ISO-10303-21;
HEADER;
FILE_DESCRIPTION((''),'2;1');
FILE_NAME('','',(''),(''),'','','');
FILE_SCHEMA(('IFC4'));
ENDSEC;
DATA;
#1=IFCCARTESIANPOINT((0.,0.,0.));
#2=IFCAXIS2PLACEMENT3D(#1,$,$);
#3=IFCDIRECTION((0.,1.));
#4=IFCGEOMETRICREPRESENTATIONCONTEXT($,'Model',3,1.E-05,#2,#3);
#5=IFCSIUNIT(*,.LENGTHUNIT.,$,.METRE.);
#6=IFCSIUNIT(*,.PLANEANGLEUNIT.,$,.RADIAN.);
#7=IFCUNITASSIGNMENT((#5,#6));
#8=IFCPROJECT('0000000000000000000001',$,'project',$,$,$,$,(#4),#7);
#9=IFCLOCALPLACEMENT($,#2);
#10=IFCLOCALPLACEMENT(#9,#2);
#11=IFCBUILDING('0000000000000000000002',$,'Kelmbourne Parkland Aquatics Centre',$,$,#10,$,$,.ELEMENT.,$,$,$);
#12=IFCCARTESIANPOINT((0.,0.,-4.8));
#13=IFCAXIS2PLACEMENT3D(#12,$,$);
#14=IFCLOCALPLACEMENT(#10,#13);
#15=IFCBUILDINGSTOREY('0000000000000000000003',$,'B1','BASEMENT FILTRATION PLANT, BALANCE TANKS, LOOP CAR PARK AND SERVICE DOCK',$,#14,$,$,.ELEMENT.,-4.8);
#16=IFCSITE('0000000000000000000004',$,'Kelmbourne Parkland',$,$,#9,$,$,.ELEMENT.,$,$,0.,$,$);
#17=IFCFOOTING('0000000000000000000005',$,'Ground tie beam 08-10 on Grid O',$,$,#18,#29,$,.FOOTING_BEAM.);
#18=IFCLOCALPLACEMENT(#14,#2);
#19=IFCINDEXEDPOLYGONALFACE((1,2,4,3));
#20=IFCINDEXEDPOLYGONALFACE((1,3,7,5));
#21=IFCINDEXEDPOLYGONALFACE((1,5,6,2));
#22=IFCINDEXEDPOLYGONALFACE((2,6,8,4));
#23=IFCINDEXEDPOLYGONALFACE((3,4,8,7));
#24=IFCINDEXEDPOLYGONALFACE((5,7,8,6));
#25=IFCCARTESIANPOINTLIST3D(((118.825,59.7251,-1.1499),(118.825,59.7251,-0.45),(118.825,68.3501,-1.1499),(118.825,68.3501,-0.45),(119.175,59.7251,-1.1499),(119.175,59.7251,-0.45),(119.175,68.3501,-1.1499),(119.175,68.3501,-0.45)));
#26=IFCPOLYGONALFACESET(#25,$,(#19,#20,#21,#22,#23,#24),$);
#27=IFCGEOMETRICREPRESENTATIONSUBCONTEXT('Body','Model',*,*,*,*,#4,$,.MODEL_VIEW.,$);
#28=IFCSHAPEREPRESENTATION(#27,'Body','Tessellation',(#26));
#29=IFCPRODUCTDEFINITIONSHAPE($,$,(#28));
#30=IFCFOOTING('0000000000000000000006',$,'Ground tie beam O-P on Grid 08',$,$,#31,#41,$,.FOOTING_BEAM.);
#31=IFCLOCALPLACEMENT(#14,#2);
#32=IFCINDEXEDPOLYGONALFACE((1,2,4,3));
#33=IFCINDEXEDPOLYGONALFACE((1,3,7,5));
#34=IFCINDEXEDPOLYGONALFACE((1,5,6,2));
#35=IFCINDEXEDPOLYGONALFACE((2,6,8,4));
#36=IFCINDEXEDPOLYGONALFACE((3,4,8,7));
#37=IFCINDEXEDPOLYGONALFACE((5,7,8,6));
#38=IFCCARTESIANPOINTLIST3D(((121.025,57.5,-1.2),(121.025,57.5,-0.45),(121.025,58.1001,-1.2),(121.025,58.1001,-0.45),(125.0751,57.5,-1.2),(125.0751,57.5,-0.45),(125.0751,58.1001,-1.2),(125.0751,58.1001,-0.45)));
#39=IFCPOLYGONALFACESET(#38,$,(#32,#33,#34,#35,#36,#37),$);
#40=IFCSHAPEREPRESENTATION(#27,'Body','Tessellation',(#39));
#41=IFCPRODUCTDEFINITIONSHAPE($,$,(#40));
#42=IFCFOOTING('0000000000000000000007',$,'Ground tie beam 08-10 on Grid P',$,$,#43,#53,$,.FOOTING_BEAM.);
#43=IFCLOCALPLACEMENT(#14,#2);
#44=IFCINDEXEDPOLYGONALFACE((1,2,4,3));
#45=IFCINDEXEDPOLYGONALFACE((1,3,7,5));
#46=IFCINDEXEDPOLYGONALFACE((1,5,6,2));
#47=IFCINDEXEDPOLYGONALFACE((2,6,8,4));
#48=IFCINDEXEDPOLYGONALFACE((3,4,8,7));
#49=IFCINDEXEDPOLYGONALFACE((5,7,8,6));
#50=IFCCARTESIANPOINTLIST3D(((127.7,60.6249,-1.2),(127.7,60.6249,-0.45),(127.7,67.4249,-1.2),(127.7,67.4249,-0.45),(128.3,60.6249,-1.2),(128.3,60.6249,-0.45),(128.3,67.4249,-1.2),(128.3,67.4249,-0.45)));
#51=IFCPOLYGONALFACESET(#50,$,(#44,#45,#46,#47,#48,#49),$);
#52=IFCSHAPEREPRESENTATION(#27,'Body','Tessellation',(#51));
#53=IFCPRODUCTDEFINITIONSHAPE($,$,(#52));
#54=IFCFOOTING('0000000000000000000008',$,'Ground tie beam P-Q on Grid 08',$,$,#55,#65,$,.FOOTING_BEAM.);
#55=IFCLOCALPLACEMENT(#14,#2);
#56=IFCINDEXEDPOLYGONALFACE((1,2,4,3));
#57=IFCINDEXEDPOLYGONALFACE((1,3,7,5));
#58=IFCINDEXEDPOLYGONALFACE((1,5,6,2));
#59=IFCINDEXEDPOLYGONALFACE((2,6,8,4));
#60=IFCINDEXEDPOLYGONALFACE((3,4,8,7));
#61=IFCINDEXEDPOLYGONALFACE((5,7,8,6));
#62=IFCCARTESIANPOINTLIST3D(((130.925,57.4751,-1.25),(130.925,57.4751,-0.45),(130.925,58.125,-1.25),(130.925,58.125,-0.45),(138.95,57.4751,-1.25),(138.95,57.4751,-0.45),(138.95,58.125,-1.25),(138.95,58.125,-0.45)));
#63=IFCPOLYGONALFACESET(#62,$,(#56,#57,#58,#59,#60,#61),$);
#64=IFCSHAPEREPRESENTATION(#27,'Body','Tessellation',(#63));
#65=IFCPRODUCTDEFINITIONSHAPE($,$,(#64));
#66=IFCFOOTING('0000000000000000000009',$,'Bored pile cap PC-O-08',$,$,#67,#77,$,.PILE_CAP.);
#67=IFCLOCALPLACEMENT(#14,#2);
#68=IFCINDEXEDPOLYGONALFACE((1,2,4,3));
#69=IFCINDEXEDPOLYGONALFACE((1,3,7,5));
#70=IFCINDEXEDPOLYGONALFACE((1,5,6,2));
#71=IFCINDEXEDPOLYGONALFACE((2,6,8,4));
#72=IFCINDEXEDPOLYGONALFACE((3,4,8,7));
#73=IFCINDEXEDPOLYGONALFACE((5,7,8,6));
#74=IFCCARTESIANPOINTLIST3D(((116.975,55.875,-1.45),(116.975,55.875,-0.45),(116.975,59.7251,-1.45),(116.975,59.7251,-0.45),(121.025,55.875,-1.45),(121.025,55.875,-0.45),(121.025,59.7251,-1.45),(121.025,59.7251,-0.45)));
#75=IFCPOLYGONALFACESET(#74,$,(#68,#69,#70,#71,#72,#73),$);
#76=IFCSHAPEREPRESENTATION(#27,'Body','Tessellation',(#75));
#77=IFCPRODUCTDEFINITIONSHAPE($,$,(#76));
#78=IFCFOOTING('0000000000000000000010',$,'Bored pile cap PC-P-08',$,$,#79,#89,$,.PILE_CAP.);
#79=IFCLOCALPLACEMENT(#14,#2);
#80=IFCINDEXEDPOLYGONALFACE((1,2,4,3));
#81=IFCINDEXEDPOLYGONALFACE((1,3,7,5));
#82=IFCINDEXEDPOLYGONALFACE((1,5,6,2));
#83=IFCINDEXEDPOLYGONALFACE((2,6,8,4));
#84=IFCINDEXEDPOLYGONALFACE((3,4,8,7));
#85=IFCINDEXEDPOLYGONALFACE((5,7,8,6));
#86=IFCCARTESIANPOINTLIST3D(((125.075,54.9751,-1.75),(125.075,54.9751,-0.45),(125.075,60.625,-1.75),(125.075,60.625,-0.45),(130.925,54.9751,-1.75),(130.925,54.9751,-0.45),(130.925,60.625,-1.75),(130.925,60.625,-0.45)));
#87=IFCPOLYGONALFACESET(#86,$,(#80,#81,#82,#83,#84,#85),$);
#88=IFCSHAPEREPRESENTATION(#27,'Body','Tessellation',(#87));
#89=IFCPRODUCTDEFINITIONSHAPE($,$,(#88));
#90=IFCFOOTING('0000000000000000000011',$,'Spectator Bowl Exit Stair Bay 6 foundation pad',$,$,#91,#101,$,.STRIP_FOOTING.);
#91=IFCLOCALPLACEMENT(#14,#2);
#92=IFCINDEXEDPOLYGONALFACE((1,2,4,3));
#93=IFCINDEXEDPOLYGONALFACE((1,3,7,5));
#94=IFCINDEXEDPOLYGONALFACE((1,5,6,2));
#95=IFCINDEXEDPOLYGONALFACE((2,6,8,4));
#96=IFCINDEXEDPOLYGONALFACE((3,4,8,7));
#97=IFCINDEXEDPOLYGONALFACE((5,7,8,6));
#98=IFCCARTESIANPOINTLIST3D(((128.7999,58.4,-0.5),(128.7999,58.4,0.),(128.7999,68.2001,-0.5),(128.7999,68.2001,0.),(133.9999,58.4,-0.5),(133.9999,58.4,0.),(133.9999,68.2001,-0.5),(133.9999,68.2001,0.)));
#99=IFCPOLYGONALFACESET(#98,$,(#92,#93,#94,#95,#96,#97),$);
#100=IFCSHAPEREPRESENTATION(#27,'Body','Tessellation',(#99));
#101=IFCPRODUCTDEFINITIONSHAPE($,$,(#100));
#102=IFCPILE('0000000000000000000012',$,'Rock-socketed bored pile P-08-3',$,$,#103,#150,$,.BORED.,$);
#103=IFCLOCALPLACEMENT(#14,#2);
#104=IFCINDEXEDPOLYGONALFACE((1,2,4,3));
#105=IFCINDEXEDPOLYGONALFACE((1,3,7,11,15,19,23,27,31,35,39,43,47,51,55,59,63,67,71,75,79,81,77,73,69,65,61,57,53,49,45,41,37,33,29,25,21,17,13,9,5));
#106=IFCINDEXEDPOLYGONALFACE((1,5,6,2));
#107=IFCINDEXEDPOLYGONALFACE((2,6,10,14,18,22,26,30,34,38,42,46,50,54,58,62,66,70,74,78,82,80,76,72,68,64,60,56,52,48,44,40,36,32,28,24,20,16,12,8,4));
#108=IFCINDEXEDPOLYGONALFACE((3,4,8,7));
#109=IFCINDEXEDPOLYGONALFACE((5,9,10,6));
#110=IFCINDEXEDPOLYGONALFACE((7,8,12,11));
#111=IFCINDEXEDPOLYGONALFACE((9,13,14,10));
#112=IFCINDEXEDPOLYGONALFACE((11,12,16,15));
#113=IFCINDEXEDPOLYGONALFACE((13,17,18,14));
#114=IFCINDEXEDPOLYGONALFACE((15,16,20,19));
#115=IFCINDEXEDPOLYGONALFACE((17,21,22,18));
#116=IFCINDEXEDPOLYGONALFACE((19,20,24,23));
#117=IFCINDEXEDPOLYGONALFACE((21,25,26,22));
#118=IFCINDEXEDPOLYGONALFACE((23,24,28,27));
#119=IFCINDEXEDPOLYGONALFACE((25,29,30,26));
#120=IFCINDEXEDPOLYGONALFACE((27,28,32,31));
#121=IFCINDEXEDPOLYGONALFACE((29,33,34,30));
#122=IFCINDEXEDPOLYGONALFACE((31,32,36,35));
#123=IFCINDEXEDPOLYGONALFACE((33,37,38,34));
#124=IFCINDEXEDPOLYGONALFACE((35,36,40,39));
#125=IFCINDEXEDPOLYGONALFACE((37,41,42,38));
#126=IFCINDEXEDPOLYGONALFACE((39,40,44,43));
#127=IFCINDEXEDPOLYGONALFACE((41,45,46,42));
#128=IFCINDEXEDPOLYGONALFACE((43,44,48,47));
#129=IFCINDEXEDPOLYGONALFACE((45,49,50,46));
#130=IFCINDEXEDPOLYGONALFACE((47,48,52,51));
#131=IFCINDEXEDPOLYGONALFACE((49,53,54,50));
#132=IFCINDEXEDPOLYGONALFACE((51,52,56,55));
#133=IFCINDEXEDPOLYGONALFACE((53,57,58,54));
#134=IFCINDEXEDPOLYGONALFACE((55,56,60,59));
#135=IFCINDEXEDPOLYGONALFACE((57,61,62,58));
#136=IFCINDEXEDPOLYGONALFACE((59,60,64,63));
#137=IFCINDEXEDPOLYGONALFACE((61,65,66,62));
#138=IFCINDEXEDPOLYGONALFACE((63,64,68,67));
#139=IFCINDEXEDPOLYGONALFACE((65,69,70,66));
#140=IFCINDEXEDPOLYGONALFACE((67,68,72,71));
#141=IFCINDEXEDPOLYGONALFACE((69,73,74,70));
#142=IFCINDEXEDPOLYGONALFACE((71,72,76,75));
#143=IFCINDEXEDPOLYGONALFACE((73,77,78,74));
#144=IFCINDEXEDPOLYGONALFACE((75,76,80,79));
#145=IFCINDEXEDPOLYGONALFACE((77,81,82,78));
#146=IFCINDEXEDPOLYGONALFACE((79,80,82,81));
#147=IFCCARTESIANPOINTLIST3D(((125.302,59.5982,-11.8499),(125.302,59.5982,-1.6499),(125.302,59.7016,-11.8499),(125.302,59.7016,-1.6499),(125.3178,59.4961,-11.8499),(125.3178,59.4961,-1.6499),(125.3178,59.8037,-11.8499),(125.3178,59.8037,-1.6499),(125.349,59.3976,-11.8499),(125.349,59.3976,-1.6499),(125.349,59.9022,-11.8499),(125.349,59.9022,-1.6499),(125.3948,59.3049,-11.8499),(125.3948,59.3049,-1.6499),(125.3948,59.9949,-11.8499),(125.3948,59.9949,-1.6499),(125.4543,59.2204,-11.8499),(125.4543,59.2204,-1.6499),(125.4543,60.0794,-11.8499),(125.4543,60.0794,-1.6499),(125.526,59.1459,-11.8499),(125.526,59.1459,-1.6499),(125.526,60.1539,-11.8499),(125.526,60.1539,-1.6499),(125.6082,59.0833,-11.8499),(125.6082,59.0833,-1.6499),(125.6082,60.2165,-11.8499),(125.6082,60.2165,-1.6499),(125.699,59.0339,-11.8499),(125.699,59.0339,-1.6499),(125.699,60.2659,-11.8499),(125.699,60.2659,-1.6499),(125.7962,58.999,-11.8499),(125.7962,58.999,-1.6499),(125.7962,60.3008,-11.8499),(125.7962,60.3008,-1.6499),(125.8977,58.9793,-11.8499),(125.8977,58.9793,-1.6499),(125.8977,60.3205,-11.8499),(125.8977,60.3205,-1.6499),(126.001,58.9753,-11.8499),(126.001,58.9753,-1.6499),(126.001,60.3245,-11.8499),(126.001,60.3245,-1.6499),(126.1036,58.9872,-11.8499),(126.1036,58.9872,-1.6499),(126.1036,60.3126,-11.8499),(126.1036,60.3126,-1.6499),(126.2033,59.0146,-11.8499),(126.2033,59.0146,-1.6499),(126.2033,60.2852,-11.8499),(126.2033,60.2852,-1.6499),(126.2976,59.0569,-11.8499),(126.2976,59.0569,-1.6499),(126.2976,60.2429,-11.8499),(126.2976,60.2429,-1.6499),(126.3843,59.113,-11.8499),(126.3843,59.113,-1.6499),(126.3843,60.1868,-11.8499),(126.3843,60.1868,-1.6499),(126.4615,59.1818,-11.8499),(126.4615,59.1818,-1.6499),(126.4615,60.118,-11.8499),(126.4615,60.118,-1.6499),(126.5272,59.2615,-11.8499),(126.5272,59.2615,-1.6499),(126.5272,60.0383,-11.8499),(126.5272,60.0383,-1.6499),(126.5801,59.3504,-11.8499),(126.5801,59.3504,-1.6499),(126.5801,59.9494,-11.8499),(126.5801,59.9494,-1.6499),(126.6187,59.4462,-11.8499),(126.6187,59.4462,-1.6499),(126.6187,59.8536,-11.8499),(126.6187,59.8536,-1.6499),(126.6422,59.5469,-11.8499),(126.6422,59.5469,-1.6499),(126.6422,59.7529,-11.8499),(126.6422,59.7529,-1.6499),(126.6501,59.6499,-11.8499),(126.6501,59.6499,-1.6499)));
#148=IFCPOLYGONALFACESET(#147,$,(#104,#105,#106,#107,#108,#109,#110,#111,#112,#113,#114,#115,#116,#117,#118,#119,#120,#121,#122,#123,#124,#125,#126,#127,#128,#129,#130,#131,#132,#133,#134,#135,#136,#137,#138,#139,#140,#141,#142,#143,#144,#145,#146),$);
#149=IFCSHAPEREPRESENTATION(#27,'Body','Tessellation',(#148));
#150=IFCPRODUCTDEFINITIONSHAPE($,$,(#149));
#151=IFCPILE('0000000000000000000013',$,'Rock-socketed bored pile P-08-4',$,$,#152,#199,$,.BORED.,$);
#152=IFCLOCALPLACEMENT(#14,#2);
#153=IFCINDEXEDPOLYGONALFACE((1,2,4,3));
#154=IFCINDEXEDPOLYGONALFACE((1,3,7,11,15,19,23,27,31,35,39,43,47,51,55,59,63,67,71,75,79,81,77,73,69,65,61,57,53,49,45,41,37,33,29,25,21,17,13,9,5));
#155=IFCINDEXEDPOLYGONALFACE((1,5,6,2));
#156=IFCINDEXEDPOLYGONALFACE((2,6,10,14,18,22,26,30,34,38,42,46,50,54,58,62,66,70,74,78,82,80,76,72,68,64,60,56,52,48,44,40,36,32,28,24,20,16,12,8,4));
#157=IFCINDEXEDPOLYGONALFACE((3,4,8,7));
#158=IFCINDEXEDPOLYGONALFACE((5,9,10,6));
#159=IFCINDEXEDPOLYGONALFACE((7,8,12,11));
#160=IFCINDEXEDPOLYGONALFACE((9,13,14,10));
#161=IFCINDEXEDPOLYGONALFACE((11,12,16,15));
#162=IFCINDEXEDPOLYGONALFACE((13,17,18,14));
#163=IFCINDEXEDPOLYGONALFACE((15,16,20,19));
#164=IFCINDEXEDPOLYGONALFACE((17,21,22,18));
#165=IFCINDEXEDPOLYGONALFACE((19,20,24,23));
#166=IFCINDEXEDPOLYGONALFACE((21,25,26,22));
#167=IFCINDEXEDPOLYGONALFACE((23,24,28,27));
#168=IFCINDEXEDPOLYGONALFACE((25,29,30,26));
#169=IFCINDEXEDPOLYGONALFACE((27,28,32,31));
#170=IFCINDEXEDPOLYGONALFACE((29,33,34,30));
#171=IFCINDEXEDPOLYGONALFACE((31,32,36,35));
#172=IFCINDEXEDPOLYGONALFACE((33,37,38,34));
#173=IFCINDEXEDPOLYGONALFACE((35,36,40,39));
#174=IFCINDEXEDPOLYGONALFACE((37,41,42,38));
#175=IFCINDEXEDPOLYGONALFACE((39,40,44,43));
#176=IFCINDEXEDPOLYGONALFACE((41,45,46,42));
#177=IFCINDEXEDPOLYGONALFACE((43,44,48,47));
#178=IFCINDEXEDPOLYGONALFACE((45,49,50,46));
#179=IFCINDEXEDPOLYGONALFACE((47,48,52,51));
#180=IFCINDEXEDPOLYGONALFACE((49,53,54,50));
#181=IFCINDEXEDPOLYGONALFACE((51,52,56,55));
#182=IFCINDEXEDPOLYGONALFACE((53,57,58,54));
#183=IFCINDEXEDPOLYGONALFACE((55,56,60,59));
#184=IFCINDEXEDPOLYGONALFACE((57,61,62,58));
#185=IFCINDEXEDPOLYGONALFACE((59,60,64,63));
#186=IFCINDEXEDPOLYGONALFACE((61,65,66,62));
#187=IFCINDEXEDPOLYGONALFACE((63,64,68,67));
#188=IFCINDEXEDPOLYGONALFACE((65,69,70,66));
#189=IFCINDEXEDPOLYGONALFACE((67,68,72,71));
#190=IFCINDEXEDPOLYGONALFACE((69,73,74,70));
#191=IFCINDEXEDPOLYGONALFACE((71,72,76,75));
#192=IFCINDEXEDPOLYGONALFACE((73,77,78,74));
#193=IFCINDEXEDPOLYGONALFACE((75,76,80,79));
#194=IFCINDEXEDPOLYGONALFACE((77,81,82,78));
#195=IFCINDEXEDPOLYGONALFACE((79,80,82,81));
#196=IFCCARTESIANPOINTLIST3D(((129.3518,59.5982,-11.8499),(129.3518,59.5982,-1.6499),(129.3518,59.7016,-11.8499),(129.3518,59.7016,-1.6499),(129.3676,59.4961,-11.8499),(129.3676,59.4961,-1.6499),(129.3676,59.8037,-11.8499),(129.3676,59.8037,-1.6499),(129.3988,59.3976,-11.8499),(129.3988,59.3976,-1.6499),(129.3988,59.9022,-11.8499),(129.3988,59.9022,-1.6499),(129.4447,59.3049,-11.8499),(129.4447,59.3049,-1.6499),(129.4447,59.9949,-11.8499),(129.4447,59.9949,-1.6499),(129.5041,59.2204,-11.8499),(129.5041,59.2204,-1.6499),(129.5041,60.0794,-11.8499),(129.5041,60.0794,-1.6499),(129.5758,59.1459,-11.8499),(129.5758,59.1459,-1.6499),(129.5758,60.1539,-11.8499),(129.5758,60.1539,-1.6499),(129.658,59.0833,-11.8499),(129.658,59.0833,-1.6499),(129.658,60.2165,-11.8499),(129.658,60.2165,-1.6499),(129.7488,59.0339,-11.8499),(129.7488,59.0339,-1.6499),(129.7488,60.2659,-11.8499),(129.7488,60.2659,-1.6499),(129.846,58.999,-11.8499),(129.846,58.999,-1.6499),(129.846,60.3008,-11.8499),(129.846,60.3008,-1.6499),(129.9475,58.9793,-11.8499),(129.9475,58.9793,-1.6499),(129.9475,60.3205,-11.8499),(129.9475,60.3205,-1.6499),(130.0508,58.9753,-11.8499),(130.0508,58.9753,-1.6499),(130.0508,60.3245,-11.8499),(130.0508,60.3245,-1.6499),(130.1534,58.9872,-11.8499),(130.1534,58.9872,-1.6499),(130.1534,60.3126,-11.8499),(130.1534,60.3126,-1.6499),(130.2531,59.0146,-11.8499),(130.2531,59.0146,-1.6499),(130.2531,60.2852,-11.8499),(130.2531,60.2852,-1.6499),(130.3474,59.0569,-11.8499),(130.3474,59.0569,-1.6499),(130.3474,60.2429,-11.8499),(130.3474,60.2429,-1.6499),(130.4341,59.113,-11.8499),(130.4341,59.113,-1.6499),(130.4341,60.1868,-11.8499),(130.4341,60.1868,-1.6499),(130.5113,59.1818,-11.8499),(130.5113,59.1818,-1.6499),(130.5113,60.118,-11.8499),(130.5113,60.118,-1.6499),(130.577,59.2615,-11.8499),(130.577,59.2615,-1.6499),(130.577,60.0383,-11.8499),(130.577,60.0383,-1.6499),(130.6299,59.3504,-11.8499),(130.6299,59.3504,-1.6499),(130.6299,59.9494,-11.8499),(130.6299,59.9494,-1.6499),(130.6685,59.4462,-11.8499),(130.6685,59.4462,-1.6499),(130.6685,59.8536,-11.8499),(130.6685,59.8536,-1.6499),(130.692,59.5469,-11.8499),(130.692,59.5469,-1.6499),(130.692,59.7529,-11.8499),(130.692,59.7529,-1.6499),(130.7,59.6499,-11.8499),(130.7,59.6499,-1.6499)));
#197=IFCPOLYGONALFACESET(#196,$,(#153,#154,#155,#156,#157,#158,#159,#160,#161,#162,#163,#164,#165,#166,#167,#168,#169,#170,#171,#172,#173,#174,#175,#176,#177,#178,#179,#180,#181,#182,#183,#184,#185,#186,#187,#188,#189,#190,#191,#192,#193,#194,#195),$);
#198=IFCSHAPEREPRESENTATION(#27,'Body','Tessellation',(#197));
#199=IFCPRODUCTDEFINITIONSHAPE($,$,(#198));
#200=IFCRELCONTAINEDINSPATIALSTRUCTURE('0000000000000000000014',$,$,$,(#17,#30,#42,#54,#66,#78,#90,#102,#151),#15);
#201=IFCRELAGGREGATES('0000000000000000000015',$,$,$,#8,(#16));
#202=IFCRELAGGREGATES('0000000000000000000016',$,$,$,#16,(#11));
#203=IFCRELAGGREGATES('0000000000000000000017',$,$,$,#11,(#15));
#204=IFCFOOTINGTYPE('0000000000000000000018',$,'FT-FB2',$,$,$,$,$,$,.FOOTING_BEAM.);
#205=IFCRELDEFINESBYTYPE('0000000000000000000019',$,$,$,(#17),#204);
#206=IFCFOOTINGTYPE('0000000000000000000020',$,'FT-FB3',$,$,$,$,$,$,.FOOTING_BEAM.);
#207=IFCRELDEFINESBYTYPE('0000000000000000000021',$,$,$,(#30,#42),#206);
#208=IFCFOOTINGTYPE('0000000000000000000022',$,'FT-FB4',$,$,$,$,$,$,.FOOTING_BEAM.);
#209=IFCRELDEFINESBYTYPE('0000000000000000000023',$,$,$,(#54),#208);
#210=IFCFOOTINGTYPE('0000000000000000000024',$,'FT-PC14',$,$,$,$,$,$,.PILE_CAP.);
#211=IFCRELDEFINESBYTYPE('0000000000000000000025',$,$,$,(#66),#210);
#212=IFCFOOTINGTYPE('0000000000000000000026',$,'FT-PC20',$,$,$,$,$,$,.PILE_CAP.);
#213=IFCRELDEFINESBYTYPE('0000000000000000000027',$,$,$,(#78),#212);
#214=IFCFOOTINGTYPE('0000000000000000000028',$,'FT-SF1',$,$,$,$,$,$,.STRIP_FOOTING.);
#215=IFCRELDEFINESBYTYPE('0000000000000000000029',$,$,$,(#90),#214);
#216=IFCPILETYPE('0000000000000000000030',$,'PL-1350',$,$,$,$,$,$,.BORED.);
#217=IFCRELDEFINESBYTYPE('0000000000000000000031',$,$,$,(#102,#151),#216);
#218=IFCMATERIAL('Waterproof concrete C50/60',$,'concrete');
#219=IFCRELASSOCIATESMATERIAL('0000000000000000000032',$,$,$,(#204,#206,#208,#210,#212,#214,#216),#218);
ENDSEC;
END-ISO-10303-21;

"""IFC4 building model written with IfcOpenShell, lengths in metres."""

from ifc_helpers import new_model, si_unit, direction, frame, origin, origin_2d, place, context, subcontext, project, spatial, rectangle, circle, extrude, material, material_profile, profile_set, type_object, element, save


model = new_model("IFC4")

# Units and contexts
model_context = context("Model", 3, precision=1e-05, world=origin(), true_north=direction((0.0, 1.0)))
body_context = subcontext(model_context, "Body", "Model", "MODEL_VIEW")
ifc_project = project(units=[si_unit("LENGTHUNIT", "METRE"), si_unit("PLANEANGLEUNIT", "RADIAN")], contexts=[model_context])

# Site, building, storey
site_placement = place(None, origin())
site = spatial("IfcSite", under=ifc_project, at=site_placement, Name="Kelmbourne Parkland", CompositionType="ELEMENT", RefElevation=0.0)
building_placement = place(site_placement, origin())
building = spatial("IfcBuilding", under=site, at=building_placement, Name="Kelmbourne Parkland Aquatics Centre", CompositionType="ELEMENT")
storey_placement = place(building_placement, frame((0.0, 0.0, -4.8)))
storey = spatial("IfcBuildingStorey", under=building, at=storey_placement, Name="B1", Description="BASEMENT FILTRATION PLANT, BALANCE TANKS, LOOP CAR PARK AND SERVICE DOCK", CompositionType="ELEMENT", Elevation=-4.8)

# Footings
ifc_material_1 = material(Name="Waterproof concrete C50/60", Category="concrete")
footing_type_1 = type_object("IfcFootingType", Name="FT-FB2", PredefinedType="FOOTING_BEAM", material=ifc_material_1)
footing_1_placement = place(storey_placement, frame((119.0, 64.0376, -1.1499), z_axis=(0.0, 0.0, 1.0), x_axis=(0.0, 1.0, 0.0)))
element("IfcFooting", 1, at=footing_1_placement, inside=storey, type_object=footing_type_1, Name="Ground tie beam 08-10 on Grid O", PredefinedType="FOOTING_BEAM", context=body_context, shape_type="SweptSolid", body=[
    extrude(rectangle(XDim=8.625, YDim=0.3501, at=origin_2d()), origin(), (0.0, 0.0, 1.0), 0.7),
])
footing_type_2 = type_object("IfcFootingType", Name="FT-FB3", PredefinedType="FOOTING_BEAM", material=ifc_material_1)
footing_2_placement = place(storey_placement, frame((123.05, 57.8, -1.2), z_axis=(0.0, 0.0, 1.0), x_axis=(1.0, 0.0, 0.0)))
element("IfcFooting", 2, at=footing_2_placement, inside=storey, type_object=footing_type_2, Name="Ground tie beam O-P on Grid 08", PredefinedType="FOOTING_BEAM", context=body_context, shape_type="SweptSolid", body=[
    extrude(rectangle(XDim=4.05, YDim=0.6001, at=origin_2d()), origin(), (0.0, 0.0, 1.0), 0.75),
])
footing_3_placement = place(storey_placement, frame((128.0, 64.0249, -1.2), z_axis=(0.0, 0.0, 1.0), x_axis=(0.0, 1.0, 0.0)))
element("IfcFooting", 3, at=footing_3_placement, inside=storey, type_object=footing_type_2, Name="Ground tie beam 08-10 on Grid P", PredefinedType="FOOTING_BEAM", context=body_context, shape_type="SweptSolid", body=[
    extrude(rectangle(XDim=6.8, YDim=0.6001, at=origin_2d()), origin(), (0.0, 0.0, 1.0), 0.75),
])
footing_type_3 = type_object("IfcFootingType", Name="FT-FB4", PredefinedType="FOOTING_BEAM", material=ifc_material_1)
footing_4_placement = place(storey_placement, frame((134.9375, 57.8, -1.25), z_axis=(0.0, 0.0, 1.0), x_axis=(1.0, 0.0, 0.0)))
element("IfcFooting", 4, at=footing_4_placement, inside=storey, type_object=footing_type_3, Name="Ground tie beam P-Q on Grid 08", PredefinedType="FOOTING_BEAM", context=body_context, shape_type="SweptSolid", body=[
    extrude(rectangle(XDim=8.0249, YDim=0.6499, at=origin_2d()), origin(), (0.0, 0.0, 1.0), 0.8),
])
footing_type_4 = type_object("IfcFootingType", Name="FT-PC14", PredefinedType="PILE_CAP", material=ifc_material_1)
footing_5_placement = place(storey_placement, frame((119.0, 57.8, -1.45), z_axis=(0.0, 0.0, 1.0), x_axis=(1.0, 0.0, 0.0)))
element("IfcFooting", 5, at=footing_5_placement, inside=storey, type_object=footing_type_4, Name="Bored pile cap PC-O-08", PredefinedType="PILE_CAP", context=body_context, shape_type="SweptSolid", body=[
    extrude(rectangle(XDim=4.05, YDim=3.8501, at=origin_2d()), origin(), (0.0, 0.0, 1.0), 1.0),
])
footing_type_5 = type_object("IfcFootingType", Name="FT-PC20", PredefinedType="PILE_CAP", material=ifc_material_1)
footing_6_placement = place(storey_placement, frame((128.0, 57.8, -1.75), z_axis=(0.0, 0.0, 1.0), x_axis=(1.0, 0.0, 0.0)))
element("IfcFooting", 6, at=footing_6_placement, inside=storey, type_object=footing_type_5, Name="Bored pile cap PC-P-08", PredefinedType="PILE_CAP", context=body_context, shape_type="SweptSolid", body=[
    extrude(rectangle(XDim=5.8501, YDim=5.6499, at=origin_2d()), origin(), (0.0, 0.0, 1.0), 1.3),
])
footing_type_6 = type_object("IfcFootingType", Name="FT-SF1", PredefinedType="STRIP_FOOTING", material=ifc_material_1)
footing_7_placement = place(storey_placement, frame((131.3999, 63.3, -0.5), z_axis=(0.0, 0.0, 1.0), x_axis=(1.0, 0.0, 0.0)))
element("IfcFooting", 7, at=footing_7_placement, inside=storey, type_object=footing_type_6, Name="Spectator Bowl Exit Stair Bay 6 foundation pad", PredefinedType="STRIP_FOOTING", context=body_context, shape_type="SweptSolid", body=[
    extrude(rectangle(XDim=5.2, YDim=9.8, at=origin_2d()), origin(), (0.0, 0.0, 1.0), 0.5),
])

# Piles
ifc_material_profile_1 = material_profile(ifc_material_1, circle(Radius=0.675, at=origin_2d()), Name="PILE D1350")
ifc_profile_set_1 = profile_set([ifc_material_profile_1], Name="Waterproof concrete C50/60")
pile_type_1 = type_object("IfcPileType", Name="PL-1350", PredefinedType="BORED", material=ifc_profile_set_1)
for number, where, z_axis, x_axis, name in (
    (8, (125.9751, 59.6499, -1.6499), (0.0, 0.0, -1.0), (1.0, 0.0, 0.0), "Rock-socketed bored pile P-08-3"),
    (9, (130.0249, 59.6499, -1.6499), (0.0, 0.0, -1.0), (1.0, 0.0, 0.0), "Rock-socketed bored pile P-08-4"),
):
    element("IfcPile", number, at=place(storey_placement, frame(where, z_axis=z_axis, x_axis=x_axis)), inside=storey, type_object=pile_type_1, Name=name, PredefinedType="BORED", context=body_context, shape_type="SweptSolid", body=[
        extrude(circle(Radius=0.675, at=origin_2d()), origin(), (0.0, 0.0, 1.0), 10.2),
    ])

save(model, "model.ifc")
